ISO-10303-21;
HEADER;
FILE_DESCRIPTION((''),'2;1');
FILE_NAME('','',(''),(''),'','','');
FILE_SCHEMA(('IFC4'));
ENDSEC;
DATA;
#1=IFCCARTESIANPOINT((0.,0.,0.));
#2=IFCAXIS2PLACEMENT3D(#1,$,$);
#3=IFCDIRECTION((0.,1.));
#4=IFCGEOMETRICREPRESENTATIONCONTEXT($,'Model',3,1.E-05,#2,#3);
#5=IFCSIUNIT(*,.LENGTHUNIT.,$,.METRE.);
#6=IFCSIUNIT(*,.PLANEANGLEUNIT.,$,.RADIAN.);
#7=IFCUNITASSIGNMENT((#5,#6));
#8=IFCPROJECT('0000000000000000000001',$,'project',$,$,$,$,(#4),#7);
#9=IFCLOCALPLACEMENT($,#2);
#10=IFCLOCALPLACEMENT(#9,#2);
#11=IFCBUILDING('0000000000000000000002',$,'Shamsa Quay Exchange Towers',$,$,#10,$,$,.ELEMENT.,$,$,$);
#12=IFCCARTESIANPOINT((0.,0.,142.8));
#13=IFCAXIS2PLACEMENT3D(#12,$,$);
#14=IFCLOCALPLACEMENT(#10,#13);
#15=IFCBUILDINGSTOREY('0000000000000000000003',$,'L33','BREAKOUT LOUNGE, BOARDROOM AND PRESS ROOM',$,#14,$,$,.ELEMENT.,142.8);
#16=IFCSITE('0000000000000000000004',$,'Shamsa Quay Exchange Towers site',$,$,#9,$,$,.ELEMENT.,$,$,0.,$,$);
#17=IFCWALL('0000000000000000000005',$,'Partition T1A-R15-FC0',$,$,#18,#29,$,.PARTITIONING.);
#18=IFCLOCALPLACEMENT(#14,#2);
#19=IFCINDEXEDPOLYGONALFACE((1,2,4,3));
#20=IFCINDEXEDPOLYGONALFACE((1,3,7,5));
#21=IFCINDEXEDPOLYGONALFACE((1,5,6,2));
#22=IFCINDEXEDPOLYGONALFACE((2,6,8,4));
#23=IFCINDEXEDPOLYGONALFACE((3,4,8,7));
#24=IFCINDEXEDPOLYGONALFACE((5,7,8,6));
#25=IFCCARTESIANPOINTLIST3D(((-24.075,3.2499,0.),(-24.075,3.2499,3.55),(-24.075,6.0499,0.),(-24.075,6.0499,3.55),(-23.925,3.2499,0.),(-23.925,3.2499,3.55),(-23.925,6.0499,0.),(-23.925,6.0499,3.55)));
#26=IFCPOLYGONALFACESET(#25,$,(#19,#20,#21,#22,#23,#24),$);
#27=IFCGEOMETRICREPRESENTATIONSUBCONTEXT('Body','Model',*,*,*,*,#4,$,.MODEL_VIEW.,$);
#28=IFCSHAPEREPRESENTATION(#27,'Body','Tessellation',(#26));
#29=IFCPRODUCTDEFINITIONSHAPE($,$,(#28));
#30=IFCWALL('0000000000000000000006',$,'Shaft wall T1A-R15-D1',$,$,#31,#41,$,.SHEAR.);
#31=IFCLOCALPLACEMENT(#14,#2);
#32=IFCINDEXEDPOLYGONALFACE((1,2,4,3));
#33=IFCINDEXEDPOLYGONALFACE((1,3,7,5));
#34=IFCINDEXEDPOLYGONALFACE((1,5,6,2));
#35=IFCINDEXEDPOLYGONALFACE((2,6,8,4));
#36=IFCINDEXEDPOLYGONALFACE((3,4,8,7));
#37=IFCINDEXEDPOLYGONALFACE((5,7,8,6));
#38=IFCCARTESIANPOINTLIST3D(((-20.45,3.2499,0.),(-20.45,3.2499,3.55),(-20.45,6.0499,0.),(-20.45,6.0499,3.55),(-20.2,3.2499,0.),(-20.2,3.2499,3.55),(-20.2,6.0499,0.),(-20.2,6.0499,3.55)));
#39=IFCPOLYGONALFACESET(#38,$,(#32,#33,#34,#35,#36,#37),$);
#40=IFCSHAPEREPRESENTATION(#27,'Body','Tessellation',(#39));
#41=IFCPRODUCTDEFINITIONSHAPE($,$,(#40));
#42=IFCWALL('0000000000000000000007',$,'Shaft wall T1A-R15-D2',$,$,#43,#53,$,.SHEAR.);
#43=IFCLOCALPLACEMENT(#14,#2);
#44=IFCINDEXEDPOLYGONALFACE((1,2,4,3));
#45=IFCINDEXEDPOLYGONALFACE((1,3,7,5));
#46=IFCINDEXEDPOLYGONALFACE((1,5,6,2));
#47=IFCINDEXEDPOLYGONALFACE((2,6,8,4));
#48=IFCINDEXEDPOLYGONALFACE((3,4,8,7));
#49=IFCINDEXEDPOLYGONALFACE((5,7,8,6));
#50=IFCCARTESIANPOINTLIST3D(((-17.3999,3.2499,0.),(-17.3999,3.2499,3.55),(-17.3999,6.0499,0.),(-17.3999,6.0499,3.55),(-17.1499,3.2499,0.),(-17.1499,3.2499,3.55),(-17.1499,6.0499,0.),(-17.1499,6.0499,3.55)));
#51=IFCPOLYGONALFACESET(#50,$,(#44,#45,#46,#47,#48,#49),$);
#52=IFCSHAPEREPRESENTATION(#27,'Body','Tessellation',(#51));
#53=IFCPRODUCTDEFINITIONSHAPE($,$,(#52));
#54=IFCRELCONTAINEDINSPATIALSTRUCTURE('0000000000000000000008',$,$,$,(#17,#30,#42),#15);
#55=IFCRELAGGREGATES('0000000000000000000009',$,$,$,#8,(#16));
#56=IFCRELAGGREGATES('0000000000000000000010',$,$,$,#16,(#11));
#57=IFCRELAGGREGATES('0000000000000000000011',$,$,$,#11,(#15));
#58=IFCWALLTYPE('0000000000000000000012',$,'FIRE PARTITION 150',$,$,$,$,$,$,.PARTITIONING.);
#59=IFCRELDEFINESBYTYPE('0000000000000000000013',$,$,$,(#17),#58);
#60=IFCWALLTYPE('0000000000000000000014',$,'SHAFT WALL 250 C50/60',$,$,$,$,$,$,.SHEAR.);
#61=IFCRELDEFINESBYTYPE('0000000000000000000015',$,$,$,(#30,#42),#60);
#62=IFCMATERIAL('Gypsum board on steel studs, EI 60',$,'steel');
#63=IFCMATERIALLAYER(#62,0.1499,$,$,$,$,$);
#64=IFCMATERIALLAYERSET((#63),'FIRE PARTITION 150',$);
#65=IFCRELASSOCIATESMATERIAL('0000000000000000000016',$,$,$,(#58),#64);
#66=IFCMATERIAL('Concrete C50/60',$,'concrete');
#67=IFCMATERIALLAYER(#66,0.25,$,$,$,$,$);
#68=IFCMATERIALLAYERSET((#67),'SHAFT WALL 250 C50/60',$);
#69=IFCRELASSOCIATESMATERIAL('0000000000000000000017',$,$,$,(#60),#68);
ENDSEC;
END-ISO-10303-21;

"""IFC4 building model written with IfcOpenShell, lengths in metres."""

from ifc_helpers import new_model, si_unit, direction, frame, frame_2d, origin, place, context, subcontext, project, spatial, rectangle, extrude, material, layer, layer_set, type_object, element, save


model = new_model("IFC4")

# Units and contexts
model_context = context("Model", 3, precision=1e-05, world=origin(), true_north=direction((0.0, 1.0)))
body_context = subcontext(model_context, "Body", "Model", "MODEL_VIEW")
ifc_project = project(units=[si_unit("LENGTHUNIT", "METRE"), si_unit("PLANEANGLEUNIT", "RADIAN")], contexts=[model_context])

# Site, building, storey
site_placement = place(None, origin())
site = spatial("IfcSite", under=ifc_project, at=site_placement, Name="Shamsa Quay Exchange Towers site", CompositionType="ELEMENT", RefElevation=0.0)
building_placement = place(site_placement, origin())
building = spatial("IfcBuilding", under=site, at=building_placement, Name="Shamsa Quay Exchange Towers", CompositionType="ELEMENT")
storey_placement = place(building_placement, frame((0.0, 0.0, 142.8)))
storey = spatial("IfcBuildingStorey", under=building, at=storey_placement, Name="L33", Description="BREAKOUT LOUNGE, BOARDROOM AND PRESS ROOM", CompositionType="ELEMENT", Elevation=142.8)

# Walls
ifc_material_1 = material(Name="Gypsum board on steel studs, EI 60", Category="steel")
ifc_layer_1 = layer(ifc_material_1, 0.1499)
ifc_layer_set_1 = layer_set([ifc_layer_1], Name="FIRE PARTITION 150")
wall_type_1 = type_object("IfcWallType", Name="FIRE PARTITION 150", PredefinedType="PARTITIONING", material=ifc_layer_set_1)
wall_1_placement = place(storey_placement, frame((-24.0, 3.25, 0.0), z_axis=(0.0, 0.0, 1.0), x_axis=(0.0, 1.0, 0.0)))
element("IfcWall", 1, at=wall_1_placement, inside=storey, type_object=wall_type_1, Name="Partition T1A-R15-FC0", PredefinedType="PARTITIONING", context=body_context, shape_type="SweptSolid", body=[
    extrude(rectangle(XDim=2.8, YDim=0.1499, at=frame_2d((1.3999, 0.0))), origin(), (0.0, 0.0, 1.0), 3.55),
])
ifc_material_2 = material(Name="Concrete C50/60", Category="concrete")
ifc_layer_2 = layer(ifc_material_2, 0.25)
ifc_layer_set_2 = layer_set([ifc_layer_2], Name="SHAFT WALL 250 C50/60")
wall_type_2 = type_object("IfcWallType", Name="SHAFT WALL 250 C50/60", PredefinedType="SHEAR", material=ifc_layer_set_2)
for number, where, z_axis, x_axis, name in (
    (2, (-20.325, 3.25, 0.0), (0.0, 0.0, 1.0), (0.0, 1.0, 0.0), "Shaft wall T1A-R15-D1"),
    (3, (-17.2749, 3.25, 0.0), (0.0, 0.0, 1.0), (0.0, 1.0, 0.0), "Shaft wall T1A-R15-D2"),
):
    element("IfcWall", number, at=place(storey_placement, frame(where, z_axis=z_axis, x_axis=x_axis)), inside=storey, type_object=wall_type_2, Name=name, PredefinedType="SHEAR", context=body_context, shape_type="SweptSolid", body=[
        extrude(rectangle(XDim=2.8, YDim=0.25, at=frame_2d((1.3999, 0.0))), origin(), (0.0, 0.0, 1.0), 3.55),
    ])

save(model, "model.ifc")
